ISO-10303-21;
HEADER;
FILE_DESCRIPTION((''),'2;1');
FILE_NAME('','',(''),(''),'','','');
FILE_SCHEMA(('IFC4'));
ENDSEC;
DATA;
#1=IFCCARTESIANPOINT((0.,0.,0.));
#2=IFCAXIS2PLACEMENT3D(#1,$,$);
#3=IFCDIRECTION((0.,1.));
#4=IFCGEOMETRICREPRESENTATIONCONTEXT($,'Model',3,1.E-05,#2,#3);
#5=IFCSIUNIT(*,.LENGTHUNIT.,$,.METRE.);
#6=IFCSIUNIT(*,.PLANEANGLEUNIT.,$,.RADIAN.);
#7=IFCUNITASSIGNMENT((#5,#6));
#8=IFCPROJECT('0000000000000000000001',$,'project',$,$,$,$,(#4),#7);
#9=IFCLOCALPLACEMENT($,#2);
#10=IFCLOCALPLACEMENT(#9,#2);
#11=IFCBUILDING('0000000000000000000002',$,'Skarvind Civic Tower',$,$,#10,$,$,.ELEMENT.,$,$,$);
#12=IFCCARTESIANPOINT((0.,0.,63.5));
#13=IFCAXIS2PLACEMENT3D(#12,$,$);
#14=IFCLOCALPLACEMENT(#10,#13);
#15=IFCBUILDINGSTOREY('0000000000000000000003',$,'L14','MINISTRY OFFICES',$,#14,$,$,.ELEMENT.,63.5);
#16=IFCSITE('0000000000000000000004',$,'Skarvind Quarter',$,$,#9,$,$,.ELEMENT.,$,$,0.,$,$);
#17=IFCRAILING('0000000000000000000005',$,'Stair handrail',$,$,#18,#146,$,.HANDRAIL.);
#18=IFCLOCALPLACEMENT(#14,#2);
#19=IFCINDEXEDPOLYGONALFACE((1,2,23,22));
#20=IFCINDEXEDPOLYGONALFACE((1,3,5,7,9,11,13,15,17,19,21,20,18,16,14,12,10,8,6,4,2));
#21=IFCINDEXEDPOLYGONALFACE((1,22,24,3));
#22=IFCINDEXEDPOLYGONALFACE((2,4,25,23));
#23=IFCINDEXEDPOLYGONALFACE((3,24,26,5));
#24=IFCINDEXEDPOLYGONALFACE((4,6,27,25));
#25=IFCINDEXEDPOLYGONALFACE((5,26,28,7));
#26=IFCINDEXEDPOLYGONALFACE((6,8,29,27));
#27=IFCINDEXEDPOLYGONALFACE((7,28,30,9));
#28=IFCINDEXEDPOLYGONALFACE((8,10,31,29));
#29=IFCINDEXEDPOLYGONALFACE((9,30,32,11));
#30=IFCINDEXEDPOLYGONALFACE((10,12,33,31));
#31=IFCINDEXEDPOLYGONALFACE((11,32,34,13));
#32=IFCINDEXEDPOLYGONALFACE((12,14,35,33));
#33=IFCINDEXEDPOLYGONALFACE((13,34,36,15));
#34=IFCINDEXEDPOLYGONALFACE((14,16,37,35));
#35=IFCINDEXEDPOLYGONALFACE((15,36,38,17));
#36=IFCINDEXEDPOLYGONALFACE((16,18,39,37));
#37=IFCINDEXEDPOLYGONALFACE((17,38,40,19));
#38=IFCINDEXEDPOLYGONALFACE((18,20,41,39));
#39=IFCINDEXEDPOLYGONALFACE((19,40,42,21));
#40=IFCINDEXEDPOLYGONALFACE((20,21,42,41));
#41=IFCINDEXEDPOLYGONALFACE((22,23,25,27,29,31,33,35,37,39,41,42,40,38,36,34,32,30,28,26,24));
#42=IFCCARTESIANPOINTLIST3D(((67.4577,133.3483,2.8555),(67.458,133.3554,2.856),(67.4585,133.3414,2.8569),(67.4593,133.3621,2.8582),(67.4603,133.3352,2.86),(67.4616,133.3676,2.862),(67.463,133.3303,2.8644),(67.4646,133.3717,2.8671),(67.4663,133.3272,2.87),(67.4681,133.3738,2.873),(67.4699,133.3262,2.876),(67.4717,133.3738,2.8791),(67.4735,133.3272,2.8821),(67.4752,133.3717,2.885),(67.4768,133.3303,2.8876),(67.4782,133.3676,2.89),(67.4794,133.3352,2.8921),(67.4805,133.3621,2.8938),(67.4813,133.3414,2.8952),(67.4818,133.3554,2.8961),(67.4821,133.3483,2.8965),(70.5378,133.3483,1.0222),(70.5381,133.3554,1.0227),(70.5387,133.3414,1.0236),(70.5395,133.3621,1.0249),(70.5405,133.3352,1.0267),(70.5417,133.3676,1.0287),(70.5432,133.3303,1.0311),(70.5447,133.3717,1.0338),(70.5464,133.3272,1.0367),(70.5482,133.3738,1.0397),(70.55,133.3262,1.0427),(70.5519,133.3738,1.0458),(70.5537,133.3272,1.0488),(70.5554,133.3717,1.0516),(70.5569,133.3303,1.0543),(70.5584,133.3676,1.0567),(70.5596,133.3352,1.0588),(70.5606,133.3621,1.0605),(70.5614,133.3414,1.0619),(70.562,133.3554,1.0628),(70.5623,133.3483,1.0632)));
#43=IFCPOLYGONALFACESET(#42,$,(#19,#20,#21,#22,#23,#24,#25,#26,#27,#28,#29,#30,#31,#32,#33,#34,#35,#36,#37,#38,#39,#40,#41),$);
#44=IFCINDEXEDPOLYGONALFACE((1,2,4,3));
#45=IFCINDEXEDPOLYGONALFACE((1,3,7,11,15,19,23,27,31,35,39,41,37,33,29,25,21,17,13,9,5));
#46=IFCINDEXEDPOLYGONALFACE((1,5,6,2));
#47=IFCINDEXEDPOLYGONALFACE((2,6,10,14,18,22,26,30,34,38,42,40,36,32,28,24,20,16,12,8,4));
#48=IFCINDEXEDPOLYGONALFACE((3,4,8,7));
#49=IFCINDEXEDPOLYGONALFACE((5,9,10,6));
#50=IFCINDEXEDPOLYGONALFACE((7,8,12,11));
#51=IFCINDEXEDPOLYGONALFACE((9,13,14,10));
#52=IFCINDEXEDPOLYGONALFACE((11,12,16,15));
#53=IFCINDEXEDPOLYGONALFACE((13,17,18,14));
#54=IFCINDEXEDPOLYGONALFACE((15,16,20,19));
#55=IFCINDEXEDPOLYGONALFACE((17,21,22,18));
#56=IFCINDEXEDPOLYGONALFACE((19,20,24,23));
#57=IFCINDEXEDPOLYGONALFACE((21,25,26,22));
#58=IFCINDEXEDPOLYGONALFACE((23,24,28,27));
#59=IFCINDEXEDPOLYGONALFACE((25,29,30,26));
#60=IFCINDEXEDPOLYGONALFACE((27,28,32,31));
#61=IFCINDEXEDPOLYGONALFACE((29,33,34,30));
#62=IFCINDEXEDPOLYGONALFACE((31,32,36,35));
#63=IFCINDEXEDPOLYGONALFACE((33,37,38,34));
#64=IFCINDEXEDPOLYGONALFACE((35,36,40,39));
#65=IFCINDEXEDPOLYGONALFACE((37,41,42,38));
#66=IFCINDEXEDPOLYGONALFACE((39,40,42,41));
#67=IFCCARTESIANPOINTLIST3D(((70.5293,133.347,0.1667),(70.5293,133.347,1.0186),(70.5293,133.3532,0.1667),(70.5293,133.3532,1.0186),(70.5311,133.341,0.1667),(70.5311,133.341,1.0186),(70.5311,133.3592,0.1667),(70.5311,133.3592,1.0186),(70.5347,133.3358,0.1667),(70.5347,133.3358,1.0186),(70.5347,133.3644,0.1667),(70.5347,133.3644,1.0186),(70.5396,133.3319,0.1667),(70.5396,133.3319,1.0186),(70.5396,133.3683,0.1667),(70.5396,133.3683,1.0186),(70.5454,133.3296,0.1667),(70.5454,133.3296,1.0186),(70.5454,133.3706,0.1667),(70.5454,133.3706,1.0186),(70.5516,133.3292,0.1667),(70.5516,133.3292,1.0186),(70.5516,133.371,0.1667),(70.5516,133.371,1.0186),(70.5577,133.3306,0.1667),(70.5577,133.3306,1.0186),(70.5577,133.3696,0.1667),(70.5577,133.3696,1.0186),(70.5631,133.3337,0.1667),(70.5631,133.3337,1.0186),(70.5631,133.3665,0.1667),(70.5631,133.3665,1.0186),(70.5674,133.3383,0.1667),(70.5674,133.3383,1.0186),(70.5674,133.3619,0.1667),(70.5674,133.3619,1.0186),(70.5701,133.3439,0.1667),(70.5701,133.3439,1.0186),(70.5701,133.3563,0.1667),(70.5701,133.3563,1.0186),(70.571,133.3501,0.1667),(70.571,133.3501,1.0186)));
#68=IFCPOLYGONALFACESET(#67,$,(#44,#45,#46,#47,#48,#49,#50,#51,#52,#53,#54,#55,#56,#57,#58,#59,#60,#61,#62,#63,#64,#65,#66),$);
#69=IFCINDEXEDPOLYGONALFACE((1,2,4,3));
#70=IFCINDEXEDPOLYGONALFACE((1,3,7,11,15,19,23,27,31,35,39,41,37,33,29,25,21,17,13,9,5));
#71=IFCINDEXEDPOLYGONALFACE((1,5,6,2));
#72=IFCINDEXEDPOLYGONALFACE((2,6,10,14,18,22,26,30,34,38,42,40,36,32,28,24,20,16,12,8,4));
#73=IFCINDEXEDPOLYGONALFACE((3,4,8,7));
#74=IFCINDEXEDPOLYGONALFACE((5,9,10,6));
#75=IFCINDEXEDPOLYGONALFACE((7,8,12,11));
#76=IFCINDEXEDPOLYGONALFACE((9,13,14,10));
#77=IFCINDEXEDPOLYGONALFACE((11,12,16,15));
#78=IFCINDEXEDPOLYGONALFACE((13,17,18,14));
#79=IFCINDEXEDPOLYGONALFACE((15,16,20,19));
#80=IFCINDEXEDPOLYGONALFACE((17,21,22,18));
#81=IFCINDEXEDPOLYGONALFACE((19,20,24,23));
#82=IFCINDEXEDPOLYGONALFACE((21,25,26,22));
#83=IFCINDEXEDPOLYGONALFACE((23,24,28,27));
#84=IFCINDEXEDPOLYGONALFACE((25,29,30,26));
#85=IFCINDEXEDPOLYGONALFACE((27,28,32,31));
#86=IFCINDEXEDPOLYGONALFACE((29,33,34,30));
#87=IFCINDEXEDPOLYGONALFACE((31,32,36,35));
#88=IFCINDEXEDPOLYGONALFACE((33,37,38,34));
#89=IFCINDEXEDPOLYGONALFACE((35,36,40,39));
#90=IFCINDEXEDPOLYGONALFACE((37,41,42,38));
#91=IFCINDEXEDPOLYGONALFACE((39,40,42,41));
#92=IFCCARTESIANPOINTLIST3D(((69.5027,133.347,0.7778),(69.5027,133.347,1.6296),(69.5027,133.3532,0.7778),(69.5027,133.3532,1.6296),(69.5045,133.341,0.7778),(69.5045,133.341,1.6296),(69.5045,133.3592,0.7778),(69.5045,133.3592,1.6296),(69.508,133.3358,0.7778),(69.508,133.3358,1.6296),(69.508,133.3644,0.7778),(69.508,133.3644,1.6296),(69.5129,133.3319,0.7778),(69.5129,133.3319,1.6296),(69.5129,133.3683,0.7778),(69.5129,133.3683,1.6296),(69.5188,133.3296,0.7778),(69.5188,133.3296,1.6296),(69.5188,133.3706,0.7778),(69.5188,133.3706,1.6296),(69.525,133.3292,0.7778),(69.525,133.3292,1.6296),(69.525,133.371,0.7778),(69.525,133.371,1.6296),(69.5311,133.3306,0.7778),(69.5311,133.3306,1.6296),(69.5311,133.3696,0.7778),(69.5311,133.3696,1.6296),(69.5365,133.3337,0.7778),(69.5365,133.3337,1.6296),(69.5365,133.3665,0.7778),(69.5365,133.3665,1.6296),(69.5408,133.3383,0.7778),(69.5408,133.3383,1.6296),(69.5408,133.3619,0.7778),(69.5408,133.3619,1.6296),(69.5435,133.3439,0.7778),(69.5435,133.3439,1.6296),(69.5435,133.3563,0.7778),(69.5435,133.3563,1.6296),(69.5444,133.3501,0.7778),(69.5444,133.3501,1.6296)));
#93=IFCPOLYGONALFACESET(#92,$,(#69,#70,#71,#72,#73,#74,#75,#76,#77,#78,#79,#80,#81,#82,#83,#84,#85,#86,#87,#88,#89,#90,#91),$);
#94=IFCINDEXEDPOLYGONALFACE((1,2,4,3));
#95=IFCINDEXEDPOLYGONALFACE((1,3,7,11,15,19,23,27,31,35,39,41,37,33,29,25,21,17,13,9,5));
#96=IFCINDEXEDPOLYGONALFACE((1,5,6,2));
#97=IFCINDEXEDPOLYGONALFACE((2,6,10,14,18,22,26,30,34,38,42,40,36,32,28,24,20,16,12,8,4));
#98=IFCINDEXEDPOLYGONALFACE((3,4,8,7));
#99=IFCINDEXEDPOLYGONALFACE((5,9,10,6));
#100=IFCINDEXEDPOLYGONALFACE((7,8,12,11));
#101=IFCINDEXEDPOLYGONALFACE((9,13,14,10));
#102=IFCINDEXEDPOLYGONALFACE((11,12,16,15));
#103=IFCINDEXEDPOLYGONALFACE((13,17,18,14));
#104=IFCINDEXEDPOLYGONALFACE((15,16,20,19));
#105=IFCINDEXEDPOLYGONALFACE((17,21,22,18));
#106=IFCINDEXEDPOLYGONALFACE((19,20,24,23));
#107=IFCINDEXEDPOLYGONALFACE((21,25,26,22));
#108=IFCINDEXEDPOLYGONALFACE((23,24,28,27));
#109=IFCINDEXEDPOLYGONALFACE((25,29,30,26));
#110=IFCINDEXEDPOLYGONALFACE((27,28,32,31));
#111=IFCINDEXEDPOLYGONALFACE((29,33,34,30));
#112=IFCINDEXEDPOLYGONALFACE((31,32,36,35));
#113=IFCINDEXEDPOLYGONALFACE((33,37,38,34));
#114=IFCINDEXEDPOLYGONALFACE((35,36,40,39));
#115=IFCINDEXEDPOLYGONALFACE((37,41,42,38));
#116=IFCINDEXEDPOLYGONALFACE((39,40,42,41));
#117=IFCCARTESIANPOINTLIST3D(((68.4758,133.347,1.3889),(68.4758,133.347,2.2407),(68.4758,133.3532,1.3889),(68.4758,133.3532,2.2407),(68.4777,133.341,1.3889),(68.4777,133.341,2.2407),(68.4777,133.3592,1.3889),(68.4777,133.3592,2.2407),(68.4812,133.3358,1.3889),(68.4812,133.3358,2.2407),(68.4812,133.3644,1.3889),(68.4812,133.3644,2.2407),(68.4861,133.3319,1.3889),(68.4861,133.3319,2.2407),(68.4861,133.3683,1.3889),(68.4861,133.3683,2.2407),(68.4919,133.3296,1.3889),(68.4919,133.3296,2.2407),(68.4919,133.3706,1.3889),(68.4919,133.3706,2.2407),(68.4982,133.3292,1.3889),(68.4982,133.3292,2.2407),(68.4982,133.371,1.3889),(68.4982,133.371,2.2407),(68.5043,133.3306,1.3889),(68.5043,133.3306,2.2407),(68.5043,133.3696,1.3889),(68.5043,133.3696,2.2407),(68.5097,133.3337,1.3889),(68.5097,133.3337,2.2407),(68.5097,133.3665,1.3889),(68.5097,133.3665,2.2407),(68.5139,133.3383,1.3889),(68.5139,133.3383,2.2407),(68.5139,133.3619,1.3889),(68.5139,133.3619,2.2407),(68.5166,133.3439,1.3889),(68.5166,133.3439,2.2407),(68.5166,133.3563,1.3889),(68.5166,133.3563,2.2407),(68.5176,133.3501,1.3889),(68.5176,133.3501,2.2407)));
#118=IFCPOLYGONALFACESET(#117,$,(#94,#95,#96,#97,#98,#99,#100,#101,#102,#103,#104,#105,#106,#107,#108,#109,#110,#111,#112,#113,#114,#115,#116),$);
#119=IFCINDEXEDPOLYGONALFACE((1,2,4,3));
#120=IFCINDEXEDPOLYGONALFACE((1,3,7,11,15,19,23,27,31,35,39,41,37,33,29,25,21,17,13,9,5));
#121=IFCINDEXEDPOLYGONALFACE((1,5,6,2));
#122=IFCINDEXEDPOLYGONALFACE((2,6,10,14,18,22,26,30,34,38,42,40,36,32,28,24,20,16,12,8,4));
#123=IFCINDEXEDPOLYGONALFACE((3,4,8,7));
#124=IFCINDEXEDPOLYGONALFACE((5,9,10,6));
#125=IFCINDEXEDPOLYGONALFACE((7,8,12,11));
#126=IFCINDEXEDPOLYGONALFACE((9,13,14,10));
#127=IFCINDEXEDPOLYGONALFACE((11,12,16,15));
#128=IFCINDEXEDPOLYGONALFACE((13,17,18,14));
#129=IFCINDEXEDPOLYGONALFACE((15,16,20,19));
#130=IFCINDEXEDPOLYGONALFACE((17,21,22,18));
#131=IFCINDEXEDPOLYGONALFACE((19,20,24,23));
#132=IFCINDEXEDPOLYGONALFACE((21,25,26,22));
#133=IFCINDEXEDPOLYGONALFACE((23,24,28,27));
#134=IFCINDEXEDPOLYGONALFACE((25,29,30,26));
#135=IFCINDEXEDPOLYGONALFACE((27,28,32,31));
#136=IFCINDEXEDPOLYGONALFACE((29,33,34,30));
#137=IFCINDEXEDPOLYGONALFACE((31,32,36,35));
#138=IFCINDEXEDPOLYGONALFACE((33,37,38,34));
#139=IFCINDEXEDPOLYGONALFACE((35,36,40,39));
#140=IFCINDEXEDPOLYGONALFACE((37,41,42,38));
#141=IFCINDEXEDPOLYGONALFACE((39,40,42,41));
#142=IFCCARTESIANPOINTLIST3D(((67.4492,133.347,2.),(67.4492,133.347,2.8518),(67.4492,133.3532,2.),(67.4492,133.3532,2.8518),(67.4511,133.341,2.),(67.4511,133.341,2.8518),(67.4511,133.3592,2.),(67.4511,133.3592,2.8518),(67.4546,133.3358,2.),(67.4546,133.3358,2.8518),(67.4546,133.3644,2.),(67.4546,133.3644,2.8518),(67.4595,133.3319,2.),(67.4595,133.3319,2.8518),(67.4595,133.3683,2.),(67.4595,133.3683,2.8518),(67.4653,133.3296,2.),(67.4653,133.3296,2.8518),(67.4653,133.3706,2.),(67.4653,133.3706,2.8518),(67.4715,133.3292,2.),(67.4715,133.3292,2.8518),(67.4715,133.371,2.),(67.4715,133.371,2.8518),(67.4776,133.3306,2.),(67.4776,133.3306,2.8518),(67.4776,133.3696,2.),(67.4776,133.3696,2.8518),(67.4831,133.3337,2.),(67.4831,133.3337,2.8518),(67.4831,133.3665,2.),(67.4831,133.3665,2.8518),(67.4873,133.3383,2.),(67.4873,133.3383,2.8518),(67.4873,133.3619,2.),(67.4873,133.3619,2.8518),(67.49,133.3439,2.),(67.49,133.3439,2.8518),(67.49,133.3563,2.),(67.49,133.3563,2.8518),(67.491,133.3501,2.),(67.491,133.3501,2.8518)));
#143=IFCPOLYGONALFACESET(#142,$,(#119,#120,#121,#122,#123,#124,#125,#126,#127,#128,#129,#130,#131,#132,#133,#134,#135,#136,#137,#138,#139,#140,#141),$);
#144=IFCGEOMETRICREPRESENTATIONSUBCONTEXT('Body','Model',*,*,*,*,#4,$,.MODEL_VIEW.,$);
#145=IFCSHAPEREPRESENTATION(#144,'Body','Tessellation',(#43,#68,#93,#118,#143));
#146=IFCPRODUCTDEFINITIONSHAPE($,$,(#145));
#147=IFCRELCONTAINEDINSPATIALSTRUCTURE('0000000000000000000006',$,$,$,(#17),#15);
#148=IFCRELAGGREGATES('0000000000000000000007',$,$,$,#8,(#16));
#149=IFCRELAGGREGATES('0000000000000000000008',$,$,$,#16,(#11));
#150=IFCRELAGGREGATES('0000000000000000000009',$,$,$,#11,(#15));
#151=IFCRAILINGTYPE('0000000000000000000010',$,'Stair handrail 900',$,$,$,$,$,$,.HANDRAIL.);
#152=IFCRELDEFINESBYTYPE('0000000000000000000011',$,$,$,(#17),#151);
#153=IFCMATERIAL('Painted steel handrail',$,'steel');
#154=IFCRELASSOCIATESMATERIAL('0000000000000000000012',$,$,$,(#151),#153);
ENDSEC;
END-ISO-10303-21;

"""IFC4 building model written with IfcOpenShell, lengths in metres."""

from ifc_helpers import new_model, si_unit, direction, frame, origin, origin_2d, place, context, subcontext, project, spatial, circle, extrude, material, type_object, element, save


model = new_model("IFC4")

# Units and contexts
model_context = context("Model", 3, precision=1e-05, world=origin(), true_north=direction((0.0, 1.0)))
body_context = subcontext(model_context, "Body", "Model", "MODEL_VIEW")
ifc_project = project(units=[si_unit("LENGTHUNIT", "METRE"), si_unit("PLANEANGLEUNIT", "RADIAN")], contexts=[model_context])

# Site, building, storey
site_placement = place(None, origin())
site = spatial("IfcSite", under=ifc_project, at=site_placement, Name="Skarvind Quarter", CompositionType="ELEMENT", RefElevation=0.0)
building_placement = place(site_placement, origin())
building = spatial("IfcBuilding", under=site, at=building_placement, Name="Skarvind Civic Tower", CompositionType="ELEMENT")
storey_placement = place(building_placement, frame((0.0, 0.0, 63.5)))
storey = spatial("IfcBuildingStorey", under=building, at=storey_placement, Name="L14", Description="MINISTRY OFFICES", CompositionType="ELEMENT", Elevation=63.5)

# Railing
ifc_material_1 = material(Name="Painted steel handrail", Category="steel")
railing_type = type_object("IfcRailingType", Name="Stair handrail 900", PredefinedType="HANDRAIL", material=ifc_material_1)
railing_1_placement = place(storey_placement, frame((70.55, 133.3501, 0.1667)))
element("IfcRailing", 1, at=railing_1_placement, inside=storey, type_object=railing_type, Name="Stair handrail", PredefinedType="HANDRAIL", context=body_context, shape_type="SweptSolid", body=[
    extrude(circle(Radius=0.0239, at=origin_2d()), frame((0.0, 0.0, 0.876), z_axis=(-0.859309, 0.0, 0.511458), x_axis=(0.0, -1.0, 0.0)), (0.0, 0.0, 1.0), 3.5845),
    extrude(circle(Radius=0.021, at=origin_2d()), origin(), (0.0, 0.0, 1.0), 0.8518),
    extrude(circle(Radius=0.021, at=origin_2d()), frame((-1.0266, 0.0, 0.6111)), (0.0, 0.0, 1.0), 0.8518),
    extrude(circle(Radius=0.021, at=origin_2d()), frame((-2.0535, 0.0, 1.2222)), (0.0, 0.0, 1.0), 0.8518),
    extrude(circle(Radius=0.021, at=origin_2d()), frame((-3.0801, 0.0, 1.8333)), (0.0, 0.0, 1.0), 0.8518),
])

save(model, "model.ifc")
